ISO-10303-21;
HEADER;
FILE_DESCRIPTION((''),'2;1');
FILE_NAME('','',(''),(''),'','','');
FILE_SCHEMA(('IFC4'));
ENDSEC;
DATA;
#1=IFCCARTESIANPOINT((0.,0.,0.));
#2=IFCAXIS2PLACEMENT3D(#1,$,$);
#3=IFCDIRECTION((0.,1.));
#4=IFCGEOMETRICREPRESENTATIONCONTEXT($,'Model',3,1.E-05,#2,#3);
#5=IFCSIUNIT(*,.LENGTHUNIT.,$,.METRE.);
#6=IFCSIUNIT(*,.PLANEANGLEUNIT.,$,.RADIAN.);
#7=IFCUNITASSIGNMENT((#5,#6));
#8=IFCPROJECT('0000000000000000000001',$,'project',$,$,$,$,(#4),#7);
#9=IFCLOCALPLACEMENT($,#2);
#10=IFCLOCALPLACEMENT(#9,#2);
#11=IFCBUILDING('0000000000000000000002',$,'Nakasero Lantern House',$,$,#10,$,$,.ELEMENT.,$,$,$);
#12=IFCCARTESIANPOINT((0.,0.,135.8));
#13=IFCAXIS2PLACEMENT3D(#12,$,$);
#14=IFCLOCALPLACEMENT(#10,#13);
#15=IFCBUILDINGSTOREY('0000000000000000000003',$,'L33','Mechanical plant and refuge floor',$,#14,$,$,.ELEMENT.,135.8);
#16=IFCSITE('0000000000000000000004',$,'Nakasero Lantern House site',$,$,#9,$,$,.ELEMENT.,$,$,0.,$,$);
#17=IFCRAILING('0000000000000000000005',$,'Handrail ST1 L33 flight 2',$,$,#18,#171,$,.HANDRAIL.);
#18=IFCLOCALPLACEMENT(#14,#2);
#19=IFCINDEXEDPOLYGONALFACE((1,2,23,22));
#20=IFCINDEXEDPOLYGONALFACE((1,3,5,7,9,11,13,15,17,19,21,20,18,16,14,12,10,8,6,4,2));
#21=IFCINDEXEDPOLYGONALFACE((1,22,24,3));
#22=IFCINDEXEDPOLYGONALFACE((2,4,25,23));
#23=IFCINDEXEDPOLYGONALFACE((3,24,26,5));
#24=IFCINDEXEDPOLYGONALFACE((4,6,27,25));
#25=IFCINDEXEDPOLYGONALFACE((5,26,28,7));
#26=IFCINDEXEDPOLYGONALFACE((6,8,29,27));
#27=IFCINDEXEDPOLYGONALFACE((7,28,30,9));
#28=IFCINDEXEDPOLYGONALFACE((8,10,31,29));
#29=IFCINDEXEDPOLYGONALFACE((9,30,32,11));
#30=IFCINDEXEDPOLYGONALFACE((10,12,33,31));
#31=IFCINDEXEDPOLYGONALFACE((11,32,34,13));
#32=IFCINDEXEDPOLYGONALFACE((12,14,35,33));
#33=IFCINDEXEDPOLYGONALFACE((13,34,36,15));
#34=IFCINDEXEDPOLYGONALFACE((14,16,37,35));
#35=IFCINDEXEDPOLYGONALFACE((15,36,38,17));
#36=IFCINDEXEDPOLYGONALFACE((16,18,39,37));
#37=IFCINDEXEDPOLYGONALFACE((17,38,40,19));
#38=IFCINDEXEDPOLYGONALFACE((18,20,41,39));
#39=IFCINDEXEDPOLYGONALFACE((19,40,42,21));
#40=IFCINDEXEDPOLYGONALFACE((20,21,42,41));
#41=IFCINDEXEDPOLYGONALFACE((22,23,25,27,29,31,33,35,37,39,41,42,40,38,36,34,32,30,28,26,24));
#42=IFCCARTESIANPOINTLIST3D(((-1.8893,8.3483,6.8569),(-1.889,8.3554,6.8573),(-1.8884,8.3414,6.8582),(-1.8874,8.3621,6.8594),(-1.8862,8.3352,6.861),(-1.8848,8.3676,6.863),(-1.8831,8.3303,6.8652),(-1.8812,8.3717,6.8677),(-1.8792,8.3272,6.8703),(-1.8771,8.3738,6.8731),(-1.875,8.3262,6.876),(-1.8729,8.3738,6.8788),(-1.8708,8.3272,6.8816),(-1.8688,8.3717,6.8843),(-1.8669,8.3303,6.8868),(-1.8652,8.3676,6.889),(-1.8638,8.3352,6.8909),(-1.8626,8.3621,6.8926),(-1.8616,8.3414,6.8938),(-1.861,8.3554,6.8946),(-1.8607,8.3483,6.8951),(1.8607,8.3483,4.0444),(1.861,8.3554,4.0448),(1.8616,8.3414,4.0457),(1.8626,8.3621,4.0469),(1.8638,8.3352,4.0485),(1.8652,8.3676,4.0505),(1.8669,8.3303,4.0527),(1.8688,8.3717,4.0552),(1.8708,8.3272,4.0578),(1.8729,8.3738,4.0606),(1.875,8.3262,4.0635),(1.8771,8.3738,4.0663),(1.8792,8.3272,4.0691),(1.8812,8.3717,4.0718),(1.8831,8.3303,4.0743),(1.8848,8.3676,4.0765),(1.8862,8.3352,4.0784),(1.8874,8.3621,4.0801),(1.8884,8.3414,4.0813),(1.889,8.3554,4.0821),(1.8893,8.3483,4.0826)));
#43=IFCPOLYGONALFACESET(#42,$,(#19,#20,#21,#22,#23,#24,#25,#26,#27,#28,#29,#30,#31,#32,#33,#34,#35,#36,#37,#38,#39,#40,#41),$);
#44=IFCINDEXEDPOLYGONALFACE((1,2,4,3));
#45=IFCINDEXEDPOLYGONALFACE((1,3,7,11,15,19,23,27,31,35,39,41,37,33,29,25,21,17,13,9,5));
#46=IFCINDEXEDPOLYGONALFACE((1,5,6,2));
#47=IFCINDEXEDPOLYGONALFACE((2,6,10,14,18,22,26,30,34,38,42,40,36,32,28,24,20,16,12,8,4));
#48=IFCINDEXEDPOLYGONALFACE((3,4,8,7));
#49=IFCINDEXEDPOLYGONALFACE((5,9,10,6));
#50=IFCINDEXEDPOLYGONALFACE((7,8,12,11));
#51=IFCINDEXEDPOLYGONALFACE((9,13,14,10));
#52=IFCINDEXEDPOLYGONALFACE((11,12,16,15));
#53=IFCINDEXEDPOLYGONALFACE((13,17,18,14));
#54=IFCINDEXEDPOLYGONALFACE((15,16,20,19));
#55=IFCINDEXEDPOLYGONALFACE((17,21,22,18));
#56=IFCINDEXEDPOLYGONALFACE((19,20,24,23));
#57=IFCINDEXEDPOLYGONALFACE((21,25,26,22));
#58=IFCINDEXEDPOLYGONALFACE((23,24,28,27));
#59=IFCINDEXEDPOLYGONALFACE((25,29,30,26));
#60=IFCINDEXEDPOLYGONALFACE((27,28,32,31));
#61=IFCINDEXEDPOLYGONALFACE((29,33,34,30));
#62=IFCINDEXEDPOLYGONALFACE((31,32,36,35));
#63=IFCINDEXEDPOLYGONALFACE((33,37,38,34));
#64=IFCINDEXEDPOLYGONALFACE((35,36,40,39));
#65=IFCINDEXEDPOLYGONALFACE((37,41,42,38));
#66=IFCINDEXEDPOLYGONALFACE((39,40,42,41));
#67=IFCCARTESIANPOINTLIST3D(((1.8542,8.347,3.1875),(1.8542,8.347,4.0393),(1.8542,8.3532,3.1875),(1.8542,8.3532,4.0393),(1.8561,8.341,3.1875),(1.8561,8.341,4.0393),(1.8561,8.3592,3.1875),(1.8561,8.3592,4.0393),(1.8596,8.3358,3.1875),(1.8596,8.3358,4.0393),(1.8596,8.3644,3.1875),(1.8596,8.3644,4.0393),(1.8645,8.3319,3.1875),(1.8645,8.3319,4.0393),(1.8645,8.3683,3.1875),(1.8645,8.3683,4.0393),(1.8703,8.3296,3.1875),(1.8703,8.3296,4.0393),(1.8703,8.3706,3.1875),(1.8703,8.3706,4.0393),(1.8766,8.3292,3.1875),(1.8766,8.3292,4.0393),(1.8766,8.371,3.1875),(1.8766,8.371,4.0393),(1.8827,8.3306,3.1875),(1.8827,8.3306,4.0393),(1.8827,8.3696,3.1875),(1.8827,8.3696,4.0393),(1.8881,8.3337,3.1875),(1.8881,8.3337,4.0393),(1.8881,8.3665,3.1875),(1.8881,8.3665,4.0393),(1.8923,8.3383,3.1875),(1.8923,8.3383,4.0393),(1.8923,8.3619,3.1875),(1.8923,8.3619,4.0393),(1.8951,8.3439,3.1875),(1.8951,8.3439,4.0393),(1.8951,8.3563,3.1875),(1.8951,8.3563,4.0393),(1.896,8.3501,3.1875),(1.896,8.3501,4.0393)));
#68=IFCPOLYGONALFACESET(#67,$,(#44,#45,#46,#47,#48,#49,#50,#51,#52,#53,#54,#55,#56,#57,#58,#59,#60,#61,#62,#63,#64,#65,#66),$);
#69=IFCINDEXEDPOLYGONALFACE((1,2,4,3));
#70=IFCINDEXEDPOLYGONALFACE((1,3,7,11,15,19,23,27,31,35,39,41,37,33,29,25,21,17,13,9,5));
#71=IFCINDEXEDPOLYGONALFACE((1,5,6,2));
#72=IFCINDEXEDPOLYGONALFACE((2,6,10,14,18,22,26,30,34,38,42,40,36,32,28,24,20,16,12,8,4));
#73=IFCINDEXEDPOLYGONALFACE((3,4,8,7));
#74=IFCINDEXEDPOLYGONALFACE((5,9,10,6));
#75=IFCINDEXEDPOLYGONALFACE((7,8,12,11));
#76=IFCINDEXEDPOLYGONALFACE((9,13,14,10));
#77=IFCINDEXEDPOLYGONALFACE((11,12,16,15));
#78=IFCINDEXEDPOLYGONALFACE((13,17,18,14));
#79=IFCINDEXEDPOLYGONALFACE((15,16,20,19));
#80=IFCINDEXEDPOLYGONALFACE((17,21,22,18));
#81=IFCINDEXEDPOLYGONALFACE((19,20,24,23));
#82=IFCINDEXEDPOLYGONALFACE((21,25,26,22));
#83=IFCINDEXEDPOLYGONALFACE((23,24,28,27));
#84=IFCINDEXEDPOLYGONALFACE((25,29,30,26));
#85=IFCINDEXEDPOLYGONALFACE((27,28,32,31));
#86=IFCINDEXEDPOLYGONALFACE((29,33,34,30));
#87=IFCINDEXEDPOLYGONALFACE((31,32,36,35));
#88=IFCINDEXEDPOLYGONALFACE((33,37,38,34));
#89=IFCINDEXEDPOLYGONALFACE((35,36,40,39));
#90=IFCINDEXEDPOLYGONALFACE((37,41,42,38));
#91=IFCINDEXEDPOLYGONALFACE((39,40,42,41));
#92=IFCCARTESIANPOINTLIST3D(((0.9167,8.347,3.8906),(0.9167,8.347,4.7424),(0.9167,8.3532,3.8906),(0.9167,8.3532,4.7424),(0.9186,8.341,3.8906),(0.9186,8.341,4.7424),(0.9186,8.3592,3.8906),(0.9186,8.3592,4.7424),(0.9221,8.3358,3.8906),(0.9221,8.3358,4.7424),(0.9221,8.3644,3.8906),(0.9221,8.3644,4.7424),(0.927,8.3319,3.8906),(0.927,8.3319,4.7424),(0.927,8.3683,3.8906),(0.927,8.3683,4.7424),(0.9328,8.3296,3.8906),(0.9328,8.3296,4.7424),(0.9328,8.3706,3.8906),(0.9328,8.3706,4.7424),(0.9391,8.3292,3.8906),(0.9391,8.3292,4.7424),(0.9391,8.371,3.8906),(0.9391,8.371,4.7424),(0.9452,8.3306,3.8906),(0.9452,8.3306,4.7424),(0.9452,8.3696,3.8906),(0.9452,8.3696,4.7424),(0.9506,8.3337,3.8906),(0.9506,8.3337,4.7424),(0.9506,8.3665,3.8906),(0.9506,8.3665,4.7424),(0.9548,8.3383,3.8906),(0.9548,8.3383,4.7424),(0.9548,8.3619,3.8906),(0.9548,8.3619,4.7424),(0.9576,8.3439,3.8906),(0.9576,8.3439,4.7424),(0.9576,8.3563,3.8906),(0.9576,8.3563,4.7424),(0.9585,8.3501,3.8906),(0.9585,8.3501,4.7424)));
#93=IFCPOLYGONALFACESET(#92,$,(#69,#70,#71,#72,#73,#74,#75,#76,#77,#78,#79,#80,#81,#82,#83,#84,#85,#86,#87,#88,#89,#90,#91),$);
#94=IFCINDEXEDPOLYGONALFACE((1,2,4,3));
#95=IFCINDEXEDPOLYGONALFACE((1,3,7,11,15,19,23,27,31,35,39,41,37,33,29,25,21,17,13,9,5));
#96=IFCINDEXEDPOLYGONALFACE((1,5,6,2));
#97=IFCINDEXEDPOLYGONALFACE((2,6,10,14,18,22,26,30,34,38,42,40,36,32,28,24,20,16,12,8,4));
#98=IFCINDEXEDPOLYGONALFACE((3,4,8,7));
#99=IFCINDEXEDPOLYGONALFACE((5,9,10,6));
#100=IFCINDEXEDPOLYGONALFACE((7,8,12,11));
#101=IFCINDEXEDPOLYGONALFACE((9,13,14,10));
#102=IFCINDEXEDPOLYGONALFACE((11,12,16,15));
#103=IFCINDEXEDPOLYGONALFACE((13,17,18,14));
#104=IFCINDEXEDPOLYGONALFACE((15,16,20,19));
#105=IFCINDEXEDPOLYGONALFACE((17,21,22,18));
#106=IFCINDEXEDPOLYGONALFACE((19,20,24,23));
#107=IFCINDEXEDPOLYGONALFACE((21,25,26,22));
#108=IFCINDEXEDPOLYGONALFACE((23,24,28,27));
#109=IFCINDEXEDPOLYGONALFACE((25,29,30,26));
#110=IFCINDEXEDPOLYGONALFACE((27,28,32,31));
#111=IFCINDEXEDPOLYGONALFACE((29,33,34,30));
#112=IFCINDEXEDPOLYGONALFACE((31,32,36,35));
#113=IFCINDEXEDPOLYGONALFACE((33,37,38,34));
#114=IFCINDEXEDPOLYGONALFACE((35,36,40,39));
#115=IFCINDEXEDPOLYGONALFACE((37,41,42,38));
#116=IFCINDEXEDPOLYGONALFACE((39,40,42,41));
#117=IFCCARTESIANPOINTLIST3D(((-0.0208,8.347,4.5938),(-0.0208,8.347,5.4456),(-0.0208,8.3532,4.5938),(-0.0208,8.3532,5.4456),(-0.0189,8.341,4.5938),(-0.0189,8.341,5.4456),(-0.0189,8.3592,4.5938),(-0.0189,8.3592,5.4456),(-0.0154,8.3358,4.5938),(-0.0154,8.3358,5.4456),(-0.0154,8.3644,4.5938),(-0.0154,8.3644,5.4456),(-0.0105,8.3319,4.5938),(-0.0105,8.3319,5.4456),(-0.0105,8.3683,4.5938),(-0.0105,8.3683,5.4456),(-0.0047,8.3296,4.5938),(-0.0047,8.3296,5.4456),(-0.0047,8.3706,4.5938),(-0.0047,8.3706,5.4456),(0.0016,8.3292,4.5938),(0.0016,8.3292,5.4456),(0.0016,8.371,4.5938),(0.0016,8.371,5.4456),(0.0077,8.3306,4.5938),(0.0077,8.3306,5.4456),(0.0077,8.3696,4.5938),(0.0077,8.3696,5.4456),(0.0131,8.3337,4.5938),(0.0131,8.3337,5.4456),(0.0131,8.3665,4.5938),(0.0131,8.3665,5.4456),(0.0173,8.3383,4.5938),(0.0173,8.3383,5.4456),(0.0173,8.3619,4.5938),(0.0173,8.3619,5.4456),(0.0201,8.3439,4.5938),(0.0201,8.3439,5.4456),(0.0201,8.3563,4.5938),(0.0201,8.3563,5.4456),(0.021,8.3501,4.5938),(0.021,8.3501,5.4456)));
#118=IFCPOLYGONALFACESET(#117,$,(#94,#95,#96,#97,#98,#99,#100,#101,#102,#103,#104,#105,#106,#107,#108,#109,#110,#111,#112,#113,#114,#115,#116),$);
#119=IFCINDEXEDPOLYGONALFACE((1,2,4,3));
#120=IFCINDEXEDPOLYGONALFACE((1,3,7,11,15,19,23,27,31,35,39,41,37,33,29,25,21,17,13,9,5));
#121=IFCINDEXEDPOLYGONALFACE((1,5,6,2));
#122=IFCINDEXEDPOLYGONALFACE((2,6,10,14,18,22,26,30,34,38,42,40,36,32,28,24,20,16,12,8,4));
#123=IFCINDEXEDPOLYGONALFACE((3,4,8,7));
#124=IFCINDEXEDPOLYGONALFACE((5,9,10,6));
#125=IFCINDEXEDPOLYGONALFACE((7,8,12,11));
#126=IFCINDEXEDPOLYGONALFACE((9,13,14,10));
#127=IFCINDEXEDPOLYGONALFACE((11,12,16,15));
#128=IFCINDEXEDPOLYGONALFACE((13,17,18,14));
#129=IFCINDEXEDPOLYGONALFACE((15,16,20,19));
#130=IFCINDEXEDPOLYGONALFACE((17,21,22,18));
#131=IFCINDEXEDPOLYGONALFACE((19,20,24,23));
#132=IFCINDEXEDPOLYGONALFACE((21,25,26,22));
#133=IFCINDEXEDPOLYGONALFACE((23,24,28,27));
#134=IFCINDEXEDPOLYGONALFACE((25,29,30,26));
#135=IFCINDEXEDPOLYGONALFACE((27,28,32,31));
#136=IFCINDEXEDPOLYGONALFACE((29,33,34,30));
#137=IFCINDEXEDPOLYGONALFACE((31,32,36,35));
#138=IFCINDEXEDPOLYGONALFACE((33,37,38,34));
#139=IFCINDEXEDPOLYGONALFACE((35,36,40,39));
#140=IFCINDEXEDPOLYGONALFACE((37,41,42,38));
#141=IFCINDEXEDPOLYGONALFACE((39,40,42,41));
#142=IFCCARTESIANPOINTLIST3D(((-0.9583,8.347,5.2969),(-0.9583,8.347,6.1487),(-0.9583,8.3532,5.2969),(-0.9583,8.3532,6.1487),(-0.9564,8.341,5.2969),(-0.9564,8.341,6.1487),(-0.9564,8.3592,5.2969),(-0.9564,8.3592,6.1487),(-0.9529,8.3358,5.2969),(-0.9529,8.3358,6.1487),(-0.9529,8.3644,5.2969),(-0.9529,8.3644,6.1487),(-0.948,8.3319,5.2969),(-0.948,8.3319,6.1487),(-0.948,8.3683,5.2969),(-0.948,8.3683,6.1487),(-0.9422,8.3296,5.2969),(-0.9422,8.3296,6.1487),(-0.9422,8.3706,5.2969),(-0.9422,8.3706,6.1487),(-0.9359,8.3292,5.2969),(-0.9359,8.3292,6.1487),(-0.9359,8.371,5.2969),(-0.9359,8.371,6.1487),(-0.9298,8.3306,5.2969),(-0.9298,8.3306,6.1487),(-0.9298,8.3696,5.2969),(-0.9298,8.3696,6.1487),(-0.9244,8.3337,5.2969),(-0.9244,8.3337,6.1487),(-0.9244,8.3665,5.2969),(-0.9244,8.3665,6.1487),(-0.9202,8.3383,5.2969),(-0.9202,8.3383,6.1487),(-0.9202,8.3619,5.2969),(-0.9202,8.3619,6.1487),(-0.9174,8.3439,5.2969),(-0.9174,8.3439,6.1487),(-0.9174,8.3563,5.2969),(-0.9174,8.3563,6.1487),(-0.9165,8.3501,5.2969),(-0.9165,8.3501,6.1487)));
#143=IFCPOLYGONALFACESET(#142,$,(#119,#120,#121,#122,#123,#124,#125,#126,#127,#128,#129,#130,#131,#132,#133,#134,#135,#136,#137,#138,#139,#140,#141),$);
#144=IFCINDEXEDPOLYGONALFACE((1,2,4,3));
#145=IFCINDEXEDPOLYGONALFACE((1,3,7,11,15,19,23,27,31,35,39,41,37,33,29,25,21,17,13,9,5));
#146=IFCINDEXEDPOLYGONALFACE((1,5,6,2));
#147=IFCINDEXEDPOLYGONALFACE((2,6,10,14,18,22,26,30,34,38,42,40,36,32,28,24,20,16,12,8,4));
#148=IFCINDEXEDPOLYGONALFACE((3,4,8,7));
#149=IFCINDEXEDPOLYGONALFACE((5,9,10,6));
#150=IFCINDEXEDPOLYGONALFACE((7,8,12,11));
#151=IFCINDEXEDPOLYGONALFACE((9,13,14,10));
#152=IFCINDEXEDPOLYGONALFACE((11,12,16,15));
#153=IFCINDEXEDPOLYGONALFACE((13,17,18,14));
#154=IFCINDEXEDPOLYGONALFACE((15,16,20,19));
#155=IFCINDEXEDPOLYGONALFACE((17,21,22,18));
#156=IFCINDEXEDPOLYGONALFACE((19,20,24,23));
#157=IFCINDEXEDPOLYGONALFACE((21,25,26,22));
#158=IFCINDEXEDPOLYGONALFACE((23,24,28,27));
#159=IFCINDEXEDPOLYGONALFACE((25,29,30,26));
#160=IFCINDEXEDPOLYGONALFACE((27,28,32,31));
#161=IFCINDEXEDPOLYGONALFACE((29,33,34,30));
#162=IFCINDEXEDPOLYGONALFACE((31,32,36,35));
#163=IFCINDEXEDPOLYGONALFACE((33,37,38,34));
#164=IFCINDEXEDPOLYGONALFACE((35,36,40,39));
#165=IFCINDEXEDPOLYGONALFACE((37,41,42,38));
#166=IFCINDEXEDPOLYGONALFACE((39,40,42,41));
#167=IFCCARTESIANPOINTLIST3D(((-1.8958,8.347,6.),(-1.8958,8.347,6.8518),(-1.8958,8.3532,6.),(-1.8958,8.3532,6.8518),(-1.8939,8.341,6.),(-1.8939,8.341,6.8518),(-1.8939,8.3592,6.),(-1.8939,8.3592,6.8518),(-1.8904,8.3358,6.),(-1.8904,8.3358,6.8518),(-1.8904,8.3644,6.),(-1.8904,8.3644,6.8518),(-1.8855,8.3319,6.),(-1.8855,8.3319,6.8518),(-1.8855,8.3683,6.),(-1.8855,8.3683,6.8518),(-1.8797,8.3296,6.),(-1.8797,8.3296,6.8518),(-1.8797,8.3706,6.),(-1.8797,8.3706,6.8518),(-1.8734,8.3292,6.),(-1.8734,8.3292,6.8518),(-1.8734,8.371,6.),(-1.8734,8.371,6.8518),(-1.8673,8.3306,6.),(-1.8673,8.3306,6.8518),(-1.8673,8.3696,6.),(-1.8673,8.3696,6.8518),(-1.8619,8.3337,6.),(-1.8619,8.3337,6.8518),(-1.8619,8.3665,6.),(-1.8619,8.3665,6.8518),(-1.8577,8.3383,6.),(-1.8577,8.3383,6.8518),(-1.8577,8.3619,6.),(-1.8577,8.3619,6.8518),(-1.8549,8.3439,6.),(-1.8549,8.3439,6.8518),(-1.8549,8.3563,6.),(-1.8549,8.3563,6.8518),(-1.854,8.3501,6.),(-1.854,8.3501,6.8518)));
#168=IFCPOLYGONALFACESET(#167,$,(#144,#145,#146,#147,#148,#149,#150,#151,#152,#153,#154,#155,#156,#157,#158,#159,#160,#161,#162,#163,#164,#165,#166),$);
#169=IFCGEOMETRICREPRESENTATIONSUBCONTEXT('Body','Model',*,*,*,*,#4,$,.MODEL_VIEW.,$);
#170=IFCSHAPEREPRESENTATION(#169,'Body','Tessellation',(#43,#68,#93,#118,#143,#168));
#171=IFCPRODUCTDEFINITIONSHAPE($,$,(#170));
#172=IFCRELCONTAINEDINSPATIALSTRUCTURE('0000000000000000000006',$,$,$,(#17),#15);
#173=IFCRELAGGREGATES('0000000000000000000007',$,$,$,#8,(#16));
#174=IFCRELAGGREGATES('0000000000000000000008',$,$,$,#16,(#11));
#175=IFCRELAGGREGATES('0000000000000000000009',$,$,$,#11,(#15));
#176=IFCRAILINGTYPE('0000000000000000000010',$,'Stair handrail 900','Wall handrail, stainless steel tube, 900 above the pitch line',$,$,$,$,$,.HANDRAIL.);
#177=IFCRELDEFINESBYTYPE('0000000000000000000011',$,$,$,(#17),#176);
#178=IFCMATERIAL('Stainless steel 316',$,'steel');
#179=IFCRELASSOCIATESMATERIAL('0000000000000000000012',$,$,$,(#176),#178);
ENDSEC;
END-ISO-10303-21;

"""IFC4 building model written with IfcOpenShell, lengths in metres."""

from ifc_helpers import new_model, si_unit, direction, frame, origin, origin_2d, place, context, subcontext, project, spatial, circle, extrude, material, type_object, element, save


model = new_model("IFC4")

# Units and contexts
model_context = context("Model", 3, precision=1e-05, world=origin(), true_north=direction((0.0, 1.0)))
body_context = subcontext(model_context, "Body", "Model", "MODEL_VIEW")
ifc_project = project(units=[si_unit("LENGTHUNIT", "METRE"), si_unit("PLANEANGLEUNIT", "RADIAN")], contexts=[model_context])

# Site, building, storey
site_placement = place(None, origin())
site = spatial("IfcSite", under=ifc_project, at=site_placement, Name="Nakasero Lantern House site", CompositionType="ELEMENT", RefElevation=0.0)
building_placement = place(site_placement, origin())
building = spatial("IfcBuilding", under=site, at=building_placement, Name="Nakasero Lantern House", CompositionType="ELEMENT")
storey_placement = place(building_placement, frame((0.0, 0.0, 135.8)))
storey = spatial("IfcBuildingStorey", under=building, at=storey_placement, Name="L33", Description="Mechanical plant and refuge floor", CompositionType="ELEMENT", Elevation=135.8)

# Railing
ifc_material_1 = material(Name="Stainless steel 316", Category="steel")
railing_type = type_object("IfcRailingType", Name="Stair handrail 900", Description="Wall handrail, stainless steel tube, 900 above the pitch line", PredefinedType="HANDRAIL", material=ifc_material_1)
railing_placement = place(storey_placement, frame((1.875, 8.3501, 3.1875)))
element("IfcRailing", 1, at=railing_placement, inside=storey, type_object=railing_type, Name="Handrail ST1 L33 flight 2", PredefinedType="HANDRAIL", context=body_context, shape_type="SweptSolid", body=[
    extrude(circle(Radius=0.0239, at=origin_2d()), frame((0.0, 0.0, 0.876), z_axis=(-0.8, 0.0, 0.6), x_axis=(0.0, -1.0, 0.0)), (0.0, 0.0, 1.0), 4.6875),
    extrude(circle(Radius=0.021, at=origin_2d()), origin(), (0.0, 0.0, 1.0), 0.8518),
    extrude(circle(Radius=0.021, at=origin_2d()), frame((-0.9375, 0.0, 0.7031)), (0.0, 0.0, 1.0), 0.8518),
    extrude(circle(Radius=0.021, at=origin_2d()), frame((-1.875, 0.0, 1.4062)), (0.0, 0.0, 1.0), 0.8518),
    extrude(circle(Radius=0.021, at=origin_2d()), frame((-2.8125, 0.0, 2.1094)), (0.0, 0.0, 1.0), 0.8518),
    extrude(circle(Radius=0.021, at=origin_2d()), frame((-3.75, 0.0, 2.8125)), (0.0, 0.0, 1.0), 0.8518),
])

save(model, "model.ifc")
